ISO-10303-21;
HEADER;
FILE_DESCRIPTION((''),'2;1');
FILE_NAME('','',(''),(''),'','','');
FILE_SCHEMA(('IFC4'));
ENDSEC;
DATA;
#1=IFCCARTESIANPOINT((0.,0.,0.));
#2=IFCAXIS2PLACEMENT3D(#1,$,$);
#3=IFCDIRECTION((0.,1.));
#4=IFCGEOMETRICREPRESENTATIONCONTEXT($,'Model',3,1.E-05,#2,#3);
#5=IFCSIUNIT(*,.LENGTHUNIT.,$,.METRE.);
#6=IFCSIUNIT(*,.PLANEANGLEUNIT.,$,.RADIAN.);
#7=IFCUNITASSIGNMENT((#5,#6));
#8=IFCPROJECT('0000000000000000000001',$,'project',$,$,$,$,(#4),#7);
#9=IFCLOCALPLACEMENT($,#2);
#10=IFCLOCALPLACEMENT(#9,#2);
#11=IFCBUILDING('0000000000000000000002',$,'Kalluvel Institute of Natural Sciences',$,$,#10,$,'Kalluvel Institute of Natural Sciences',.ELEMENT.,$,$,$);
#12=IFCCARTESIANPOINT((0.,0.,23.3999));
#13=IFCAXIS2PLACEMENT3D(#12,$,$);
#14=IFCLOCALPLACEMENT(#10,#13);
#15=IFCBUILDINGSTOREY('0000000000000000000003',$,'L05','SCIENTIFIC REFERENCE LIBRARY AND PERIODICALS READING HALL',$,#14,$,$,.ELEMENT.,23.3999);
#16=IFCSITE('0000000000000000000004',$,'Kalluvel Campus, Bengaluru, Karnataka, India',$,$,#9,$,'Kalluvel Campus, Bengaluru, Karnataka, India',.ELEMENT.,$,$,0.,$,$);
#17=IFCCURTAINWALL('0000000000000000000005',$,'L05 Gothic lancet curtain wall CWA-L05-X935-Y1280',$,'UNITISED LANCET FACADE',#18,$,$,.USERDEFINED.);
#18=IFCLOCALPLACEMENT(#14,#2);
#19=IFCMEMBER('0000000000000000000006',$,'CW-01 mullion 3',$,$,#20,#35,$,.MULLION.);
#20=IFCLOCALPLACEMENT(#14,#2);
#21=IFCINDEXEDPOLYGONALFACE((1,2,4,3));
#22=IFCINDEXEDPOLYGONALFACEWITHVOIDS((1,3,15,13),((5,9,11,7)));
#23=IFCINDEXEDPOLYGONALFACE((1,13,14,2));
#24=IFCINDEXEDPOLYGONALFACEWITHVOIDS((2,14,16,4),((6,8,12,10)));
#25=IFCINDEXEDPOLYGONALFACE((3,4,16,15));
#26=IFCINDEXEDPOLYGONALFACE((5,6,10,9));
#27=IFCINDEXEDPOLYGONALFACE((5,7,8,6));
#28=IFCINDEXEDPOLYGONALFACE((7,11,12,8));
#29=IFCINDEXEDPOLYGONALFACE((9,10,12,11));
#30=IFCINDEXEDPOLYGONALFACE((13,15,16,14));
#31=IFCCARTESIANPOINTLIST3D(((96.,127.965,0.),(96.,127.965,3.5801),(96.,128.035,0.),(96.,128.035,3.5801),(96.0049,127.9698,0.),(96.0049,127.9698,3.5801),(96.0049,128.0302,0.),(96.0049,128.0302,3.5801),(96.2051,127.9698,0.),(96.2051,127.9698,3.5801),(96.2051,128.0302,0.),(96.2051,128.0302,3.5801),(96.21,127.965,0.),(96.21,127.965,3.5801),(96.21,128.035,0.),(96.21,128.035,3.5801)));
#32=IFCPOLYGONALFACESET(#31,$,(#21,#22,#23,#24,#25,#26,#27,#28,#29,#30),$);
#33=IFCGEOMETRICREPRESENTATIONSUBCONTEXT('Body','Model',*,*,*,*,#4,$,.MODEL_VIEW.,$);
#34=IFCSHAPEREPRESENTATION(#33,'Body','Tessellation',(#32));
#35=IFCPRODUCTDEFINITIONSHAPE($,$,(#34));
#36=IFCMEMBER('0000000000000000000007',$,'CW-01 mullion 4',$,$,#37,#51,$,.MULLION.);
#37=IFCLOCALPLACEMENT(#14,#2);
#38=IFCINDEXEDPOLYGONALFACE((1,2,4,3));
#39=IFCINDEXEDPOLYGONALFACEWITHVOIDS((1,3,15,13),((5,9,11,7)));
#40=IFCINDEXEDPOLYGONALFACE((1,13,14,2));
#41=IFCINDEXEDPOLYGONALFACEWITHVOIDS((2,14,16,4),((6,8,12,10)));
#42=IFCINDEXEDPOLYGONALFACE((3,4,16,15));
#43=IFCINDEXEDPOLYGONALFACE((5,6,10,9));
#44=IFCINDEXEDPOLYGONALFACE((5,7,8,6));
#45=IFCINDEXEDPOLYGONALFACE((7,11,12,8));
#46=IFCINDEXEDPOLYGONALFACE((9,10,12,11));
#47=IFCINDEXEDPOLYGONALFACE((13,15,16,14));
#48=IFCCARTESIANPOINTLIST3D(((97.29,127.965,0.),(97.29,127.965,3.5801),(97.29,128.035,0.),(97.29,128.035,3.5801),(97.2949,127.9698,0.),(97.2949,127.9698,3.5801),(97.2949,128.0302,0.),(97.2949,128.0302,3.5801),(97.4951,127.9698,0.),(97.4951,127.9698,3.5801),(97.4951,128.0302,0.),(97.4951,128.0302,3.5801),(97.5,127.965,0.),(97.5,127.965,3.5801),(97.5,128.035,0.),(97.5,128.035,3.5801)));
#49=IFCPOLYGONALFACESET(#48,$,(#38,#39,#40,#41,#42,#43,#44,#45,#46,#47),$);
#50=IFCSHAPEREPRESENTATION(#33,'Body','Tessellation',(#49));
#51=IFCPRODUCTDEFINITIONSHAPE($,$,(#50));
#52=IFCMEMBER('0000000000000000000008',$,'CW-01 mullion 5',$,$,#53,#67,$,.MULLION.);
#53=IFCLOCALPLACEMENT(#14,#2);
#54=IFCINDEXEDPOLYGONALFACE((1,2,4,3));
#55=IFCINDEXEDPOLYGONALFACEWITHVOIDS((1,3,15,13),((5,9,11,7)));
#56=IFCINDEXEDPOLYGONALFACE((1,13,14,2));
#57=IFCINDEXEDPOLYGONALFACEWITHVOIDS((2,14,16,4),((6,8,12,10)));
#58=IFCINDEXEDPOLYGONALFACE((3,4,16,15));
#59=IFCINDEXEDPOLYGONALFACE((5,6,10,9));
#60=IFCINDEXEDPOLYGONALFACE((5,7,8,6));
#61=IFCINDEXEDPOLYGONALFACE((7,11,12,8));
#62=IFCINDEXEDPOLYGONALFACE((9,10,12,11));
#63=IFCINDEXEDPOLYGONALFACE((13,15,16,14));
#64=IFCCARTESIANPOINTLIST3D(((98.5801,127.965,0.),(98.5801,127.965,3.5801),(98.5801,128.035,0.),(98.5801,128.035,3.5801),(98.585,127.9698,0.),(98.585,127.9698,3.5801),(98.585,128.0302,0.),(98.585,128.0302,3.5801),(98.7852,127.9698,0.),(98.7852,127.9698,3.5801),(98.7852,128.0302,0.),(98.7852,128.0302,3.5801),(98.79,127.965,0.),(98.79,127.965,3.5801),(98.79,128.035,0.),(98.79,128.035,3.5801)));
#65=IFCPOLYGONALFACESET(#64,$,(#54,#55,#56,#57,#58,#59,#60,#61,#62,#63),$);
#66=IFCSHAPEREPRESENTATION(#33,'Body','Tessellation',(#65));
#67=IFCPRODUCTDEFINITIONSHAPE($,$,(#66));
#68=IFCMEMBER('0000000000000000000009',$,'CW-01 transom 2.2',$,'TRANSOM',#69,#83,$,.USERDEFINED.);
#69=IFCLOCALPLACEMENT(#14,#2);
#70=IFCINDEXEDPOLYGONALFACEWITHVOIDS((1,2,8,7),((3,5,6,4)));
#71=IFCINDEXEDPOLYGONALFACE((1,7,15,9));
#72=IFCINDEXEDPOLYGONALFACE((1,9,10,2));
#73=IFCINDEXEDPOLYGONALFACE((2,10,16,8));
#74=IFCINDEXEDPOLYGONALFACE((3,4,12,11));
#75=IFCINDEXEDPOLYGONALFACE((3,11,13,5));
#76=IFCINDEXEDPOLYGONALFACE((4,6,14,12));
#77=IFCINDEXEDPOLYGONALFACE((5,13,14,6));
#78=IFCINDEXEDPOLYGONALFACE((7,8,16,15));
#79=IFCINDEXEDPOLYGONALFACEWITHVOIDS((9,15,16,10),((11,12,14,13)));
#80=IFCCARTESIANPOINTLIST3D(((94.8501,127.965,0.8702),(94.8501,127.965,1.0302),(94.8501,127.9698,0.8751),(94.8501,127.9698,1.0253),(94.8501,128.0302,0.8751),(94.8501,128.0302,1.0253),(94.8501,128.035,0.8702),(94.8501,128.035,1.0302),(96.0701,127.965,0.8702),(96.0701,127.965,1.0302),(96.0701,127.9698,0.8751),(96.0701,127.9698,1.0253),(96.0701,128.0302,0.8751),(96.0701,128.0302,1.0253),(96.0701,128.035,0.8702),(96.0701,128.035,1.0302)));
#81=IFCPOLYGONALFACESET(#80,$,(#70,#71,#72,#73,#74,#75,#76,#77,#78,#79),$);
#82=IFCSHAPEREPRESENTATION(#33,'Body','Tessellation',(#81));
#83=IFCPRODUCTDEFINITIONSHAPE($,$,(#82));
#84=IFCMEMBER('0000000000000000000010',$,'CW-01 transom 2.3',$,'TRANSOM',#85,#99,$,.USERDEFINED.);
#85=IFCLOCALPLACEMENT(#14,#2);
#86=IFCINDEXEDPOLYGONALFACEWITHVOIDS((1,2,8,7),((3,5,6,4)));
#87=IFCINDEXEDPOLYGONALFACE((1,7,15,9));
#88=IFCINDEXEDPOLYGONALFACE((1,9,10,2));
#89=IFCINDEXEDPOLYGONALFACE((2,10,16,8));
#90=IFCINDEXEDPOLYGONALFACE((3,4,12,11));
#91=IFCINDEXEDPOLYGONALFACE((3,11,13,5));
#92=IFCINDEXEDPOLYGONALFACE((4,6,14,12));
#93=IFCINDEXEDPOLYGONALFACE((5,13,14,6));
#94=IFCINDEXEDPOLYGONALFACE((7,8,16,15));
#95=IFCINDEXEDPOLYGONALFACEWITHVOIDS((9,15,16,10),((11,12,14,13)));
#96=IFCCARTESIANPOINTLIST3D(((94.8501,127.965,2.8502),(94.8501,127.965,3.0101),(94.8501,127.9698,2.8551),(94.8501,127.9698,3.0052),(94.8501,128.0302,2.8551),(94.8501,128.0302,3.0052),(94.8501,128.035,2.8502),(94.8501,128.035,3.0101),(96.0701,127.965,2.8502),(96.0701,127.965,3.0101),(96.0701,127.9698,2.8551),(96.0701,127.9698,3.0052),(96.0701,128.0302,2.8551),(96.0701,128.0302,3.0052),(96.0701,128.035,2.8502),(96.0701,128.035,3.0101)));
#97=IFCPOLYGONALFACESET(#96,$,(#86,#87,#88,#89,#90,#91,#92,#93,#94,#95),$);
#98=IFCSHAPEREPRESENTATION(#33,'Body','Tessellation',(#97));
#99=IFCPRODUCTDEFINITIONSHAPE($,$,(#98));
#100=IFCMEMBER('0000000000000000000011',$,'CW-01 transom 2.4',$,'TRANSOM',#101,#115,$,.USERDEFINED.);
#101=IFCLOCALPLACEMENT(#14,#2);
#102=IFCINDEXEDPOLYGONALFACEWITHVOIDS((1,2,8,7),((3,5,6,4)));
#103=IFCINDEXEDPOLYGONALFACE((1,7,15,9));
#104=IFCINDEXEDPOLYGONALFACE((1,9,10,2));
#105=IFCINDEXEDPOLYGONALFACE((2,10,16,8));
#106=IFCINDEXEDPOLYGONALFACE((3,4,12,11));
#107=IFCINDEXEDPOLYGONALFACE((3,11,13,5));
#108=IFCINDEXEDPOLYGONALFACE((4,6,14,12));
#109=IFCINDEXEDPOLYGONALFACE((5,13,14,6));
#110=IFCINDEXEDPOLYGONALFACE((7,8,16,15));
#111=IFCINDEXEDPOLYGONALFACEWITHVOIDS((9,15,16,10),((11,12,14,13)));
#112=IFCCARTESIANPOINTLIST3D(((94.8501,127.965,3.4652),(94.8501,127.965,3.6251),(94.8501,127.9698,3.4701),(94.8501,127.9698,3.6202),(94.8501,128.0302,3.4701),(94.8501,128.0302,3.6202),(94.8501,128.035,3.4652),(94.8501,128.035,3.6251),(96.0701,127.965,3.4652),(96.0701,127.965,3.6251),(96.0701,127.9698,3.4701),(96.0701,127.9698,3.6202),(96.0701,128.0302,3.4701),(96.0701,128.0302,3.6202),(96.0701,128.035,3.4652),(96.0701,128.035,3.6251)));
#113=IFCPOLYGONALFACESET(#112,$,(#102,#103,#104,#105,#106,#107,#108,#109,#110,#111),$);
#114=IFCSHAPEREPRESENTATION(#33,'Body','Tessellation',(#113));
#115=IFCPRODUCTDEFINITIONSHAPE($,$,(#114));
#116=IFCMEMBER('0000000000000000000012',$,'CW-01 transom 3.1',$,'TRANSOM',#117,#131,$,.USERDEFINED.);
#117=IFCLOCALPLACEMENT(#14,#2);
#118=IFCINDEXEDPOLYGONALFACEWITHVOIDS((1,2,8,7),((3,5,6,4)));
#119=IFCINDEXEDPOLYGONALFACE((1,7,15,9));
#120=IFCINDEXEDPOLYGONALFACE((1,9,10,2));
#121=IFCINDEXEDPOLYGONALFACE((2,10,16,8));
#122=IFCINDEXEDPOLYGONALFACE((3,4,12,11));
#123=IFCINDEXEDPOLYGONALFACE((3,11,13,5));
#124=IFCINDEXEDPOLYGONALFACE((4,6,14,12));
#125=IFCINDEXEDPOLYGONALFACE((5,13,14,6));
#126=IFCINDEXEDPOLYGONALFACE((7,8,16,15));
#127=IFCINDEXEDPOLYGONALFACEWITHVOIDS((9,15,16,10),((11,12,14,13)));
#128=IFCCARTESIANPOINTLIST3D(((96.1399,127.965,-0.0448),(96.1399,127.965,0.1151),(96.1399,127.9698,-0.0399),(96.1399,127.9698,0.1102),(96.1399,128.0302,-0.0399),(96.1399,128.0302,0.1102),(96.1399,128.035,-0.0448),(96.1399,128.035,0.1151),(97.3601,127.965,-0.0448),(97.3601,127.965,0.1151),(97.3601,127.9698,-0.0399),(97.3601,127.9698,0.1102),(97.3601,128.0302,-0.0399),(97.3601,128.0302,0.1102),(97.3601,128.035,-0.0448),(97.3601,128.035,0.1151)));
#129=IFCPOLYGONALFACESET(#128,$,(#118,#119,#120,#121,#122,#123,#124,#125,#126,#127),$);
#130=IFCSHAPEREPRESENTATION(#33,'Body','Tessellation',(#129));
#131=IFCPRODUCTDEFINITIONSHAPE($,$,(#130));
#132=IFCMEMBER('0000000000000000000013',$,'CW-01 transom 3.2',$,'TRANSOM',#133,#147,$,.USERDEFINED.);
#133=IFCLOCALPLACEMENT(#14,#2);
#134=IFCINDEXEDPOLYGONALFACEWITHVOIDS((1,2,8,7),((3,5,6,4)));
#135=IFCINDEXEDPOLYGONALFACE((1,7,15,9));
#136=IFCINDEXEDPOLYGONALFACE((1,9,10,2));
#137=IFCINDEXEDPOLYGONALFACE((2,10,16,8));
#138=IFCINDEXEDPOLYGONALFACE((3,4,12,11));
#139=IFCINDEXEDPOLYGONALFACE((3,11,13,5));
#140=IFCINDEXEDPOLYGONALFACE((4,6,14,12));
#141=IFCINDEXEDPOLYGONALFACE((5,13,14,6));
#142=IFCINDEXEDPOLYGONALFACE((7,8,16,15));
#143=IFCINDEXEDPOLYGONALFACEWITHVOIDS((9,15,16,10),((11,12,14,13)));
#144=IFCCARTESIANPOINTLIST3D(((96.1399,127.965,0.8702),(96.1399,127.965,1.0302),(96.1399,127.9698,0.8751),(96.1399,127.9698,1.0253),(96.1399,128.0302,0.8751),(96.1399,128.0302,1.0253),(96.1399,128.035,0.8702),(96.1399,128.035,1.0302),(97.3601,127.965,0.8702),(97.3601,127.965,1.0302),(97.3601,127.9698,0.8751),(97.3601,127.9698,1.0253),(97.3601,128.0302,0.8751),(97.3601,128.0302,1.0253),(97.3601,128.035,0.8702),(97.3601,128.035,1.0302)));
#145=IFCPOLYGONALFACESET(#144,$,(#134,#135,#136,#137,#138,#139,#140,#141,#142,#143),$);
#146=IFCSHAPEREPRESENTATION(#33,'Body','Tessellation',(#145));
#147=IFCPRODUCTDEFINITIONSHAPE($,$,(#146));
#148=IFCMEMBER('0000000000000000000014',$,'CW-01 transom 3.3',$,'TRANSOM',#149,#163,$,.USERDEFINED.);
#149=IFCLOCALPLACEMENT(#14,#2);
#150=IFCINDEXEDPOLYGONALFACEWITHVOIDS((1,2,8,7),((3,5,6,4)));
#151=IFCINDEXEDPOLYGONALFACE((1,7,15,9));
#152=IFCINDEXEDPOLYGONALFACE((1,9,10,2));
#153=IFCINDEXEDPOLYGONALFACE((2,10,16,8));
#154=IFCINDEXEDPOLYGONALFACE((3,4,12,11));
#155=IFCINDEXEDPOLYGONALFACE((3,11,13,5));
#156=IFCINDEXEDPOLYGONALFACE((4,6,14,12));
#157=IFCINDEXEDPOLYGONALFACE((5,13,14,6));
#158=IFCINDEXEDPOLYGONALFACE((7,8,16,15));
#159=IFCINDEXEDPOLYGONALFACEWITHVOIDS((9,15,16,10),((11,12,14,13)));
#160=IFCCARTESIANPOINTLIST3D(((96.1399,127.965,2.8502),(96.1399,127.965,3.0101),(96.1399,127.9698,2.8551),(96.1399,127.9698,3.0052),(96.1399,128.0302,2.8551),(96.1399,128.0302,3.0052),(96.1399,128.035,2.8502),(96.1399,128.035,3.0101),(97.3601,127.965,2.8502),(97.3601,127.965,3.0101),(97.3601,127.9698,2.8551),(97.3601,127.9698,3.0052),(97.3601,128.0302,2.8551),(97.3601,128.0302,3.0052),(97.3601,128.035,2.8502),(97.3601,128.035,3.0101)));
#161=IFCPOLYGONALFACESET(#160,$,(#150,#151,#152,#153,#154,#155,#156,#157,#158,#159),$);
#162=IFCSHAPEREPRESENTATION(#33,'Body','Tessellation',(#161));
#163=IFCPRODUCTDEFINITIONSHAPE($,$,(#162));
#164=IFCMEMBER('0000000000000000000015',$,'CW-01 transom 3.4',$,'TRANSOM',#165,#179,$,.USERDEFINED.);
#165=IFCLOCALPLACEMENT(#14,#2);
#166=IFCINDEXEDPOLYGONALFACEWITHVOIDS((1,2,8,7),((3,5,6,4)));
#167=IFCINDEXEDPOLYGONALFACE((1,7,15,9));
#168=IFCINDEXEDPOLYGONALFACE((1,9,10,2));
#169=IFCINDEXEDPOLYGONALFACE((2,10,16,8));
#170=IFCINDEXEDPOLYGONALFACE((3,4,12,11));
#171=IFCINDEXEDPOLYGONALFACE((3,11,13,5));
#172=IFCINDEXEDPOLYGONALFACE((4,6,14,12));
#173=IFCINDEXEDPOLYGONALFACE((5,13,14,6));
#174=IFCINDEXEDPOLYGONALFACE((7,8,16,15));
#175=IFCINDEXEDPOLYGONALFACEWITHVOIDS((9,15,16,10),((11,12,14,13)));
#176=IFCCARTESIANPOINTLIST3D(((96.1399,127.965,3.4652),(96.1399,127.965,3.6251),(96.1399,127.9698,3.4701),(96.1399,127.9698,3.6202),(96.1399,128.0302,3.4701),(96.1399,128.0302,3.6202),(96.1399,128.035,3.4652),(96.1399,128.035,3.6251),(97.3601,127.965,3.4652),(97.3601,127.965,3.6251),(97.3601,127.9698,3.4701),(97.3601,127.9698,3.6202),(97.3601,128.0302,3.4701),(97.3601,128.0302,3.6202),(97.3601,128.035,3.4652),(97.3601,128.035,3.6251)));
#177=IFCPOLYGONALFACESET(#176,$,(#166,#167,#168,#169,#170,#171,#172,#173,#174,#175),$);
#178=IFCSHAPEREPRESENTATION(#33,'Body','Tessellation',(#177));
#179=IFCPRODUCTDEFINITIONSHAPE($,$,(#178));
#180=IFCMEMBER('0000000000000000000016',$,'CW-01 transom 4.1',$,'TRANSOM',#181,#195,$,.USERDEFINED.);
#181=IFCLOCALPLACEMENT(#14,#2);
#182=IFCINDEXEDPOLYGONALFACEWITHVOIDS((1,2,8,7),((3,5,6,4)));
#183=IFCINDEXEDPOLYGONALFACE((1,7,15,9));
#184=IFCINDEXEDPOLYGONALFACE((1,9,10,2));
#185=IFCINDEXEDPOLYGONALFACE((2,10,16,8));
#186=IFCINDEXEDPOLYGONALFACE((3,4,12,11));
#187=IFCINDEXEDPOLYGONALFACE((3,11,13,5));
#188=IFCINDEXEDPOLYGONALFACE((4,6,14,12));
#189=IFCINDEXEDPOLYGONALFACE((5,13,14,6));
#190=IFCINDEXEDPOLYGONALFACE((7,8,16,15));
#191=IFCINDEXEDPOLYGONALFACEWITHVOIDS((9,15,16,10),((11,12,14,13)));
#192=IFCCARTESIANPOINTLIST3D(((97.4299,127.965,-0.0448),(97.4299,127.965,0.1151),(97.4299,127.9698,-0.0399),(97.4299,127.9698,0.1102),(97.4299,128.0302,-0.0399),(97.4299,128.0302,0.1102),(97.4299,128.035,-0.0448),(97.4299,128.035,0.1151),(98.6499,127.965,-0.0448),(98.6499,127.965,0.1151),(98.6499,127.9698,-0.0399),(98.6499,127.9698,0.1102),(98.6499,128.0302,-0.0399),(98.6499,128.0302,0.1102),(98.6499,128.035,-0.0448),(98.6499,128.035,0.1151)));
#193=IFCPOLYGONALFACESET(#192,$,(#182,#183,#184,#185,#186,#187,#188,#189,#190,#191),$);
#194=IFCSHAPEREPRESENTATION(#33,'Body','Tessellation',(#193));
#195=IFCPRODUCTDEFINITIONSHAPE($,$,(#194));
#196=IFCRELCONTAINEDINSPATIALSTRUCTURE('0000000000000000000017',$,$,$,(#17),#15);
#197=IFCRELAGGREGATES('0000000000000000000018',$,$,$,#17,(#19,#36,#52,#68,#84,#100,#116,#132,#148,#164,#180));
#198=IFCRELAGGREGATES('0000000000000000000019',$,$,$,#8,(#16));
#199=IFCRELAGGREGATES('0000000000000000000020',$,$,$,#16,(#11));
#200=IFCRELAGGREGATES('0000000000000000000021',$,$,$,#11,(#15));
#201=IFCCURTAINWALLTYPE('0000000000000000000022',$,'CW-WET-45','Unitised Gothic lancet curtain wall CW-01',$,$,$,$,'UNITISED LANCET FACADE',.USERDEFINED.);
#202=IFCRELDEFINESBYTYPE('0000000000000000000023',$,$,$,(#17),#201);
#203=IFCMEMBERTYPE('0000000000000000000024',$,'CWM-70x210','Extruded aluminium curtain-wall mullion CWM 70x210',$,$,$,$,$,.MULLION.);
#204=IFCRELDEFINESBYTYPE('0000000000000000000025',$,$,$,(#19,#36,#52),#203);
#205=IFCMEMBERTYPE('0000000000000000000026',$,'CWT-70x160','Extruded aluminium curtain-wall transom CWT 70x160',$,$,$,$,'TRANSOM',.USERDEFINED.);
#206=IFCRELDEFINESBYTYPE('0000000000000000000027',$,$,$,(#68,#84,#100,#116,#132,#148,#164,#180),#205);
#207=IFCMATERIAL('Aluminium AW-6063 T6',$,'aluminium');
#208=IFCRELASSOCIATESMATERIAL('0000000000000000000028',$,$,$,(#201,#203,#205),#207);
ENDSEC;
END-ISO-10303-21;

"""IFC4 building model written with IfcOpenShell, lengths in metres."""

from ifc_helpers import new_model, si_unit, direction, frame, origin, origin_2d, place, context, subcontext, project, spatial, hollow_rectangle, extrude, material, material_profile, profile_set, type_object, element, aggregate, save


model = new_model("IFC4")

# Units and contexts
model_context = context("Model", 3, precision=1e-05, world=origin(), true_north=direction((0.0, 1.0)))
body_context = subcontext(model_context, "Body", "Model", "MODEL_VIEW")
ifc_project = project(units=[si_unit("LENGTHUNIT", "METRE"), si_unit("PLANEANGLEUNIT", "RADIAN")], contexts=[model_context])

# Site, building, storey
site_placement = place(None, origin())
site = spatial("IfcSite", under=ifc_project, at=site_placement, Name="Kalluvel Campus, Bengaluru, Karnataka, India", LongName="Kalluvel Campus, Bengaluru, Karnataka, India", CompositionType="ELEMENT", RefElevation=0.0)
building_placement = place(site_placement, origin())
building = spatial("IfcBuilding", under=site, at=building_placement, Name="Kalluvel Institute of Natural Sciences", LongName="Kalluvel Institute of Natural Sciences", CompositionType="ELEMENT")
storey_placement = place(building_placement, frame((0.0, 0.0, 23.3999)))
storey = spatial("IfcBuildingStorey", under=building, at=storey_placement, Name="L05", Description="SCIENTIFIC REFERENCE LIBRARY AND PERIODICALS READING HALL", CompositionType="ELEMENT", Elevation=23.3999)

# Curtain wall, members
ifc_material_1 = material(Name="Aluminium AW-6063 T6", Category="aluminium")
curtain_wall_type = type_object("IfcCurtainWallType", Name="CW-WET-45", Description="Unitised Gothic lancet curtain wall CW-01", ElementType="UNITISED LANCET FACADE", PredefinedType="USERDEFINED", material=ifc_material_1)
curtain_wall_placement = place(storey_placement, origin())
curtain_wall = element("IfcCurtainWall", 1, at=curtain_wall_placement, inside=storey, type_object=curtain_wall_type, Name="L05 Gothic lancet curtain wall CWA-L05-X935-Y1280", ObjectType="UNITISED LANCET FACADE", PredefinedType="USERDEFINED")
ifc_material_profile_1 = material_profile(ifc_material_1, hollow_rectangle(XDim=0.0701, YDim=0.21, WallThickness=0.0049, at=origin_2d()), Name="CWM 70x210")
ifc_profile_set_1 = profile_set([ifc_material_profile_1], Name="Aluminium AW-6063 T6")
member_type_1 = type_object("IfcMemberType", Name="CWM-70x210", Description="Extruded aluminium curtain-wall mullion CWM 70x210", PredefinedType="MULLION", material=ifc_profile_set_1)
member_1_placement = place(storey_placement, frame((96.105, 128.0, 0.0), z_axis=(0.0, 0.0, 1.0), x_axis=(0.0, 1.0, 0.0)))
member_1 = element("IfcMember", 2, at=member_1_placement, type_object=member_type_1, Name="CW-01 mullion 3", PredefinedType="MULLION", context=body_context, shape_type="SweptSolid", body=[
    extrude(hollow_rectangle(XDim=0.0701, YDim=0.21, WallThickness=0.0049, at=origin_2d()), origin(), (0.0, 0.0, 1.0), 3.5801),
])
member_2_placement = place(storey_placement, frame((97.395, 128.0, 0.0), z_axis=(0.0, 0.0, 1.0), x_axis=(0.0, 1.0, 0.0)))
member_2 = element("IfcMember", 3, at=member_2_placement, type_object=member_type_1, Name="CW-01 mullion 4", PredefinedType="MULLION", context=body_context, shape_type="SweptSolid", body=[
    extrude(hollow_rectangle(XDim=0.0701, YDim=0.21, WallThickness=0.0049, at=origin_2d()), origin(), (0.0, 0.0, 1.0), 3.5801),
])
member_3_placement = place(storey_placement, frame((98.6851, 128.0, 0.0), z_axis=(0.0, 0.0, 1.0), x_axis=(0.0, 1.0, 0.0)))
member_3 = element("IfcMember", 4, at=member_3_placement, type_object=member_type_1, Name="CW-01 mullion 5", PredefinedType="MULLION", context=body_context, shape_type="SweptSolid", body=[
    extrude(hollow_rectangle(XDim=0.0701, YDim=0.21, WallThickness=0.0049, at=origin_2d()), origin(), (0.0, 0.0, 1.0), 3.5801),
])
ifc_material_profile_2 = material_profile(ifc_material_1, hollow_rectangle(XDim=0.0701, YDim=0.1599, WallThickness=0.0049, at=origin_2d()), Name="CWT 70x160")
ifc_profile_set_2 = profile_set([ifc_material_profile_2], Name="Aluminium AW-6063 T6")
member_type_2 = type_object("IfcMemberType", Name="CWT-70x160", Description="Extruded aluminium curtain-wall transom CWT 70x160", ElementType="TRANSOM", PredefinedType="USERDEFINED", material=ifc_profile_set_2)
member_4_placement = place(storey_placement, frame((94.8501, 128.0, 0.9502), z_axis=(1.0, 0.0, 0.0), x_axis=(0.0, 1.0, 0.0)))
member_4 = element("IfcMember", 5, at=member_4_placement, type_object=member_type_2, Name="CW-01 transom 2.2", ObjectType="TRANSOM", PredefinedType="USERDEFINED", context=body_context, shape_type="SweptSolid", body=[
    extrude(hollow_rectangle(XDim=0.0701, YDim=0.1599, WallThickness=0.0049, at=origin_2d()), origin(), (0.0, 0.0, 1.0), 1.22),
])
member_5_placement = place(storey_placement, frame((94.8501, 128.0, 2.9302), z_axis=(1.0, 0.0, 0.0), x_axis=(0.0, 1.0, 0.0)))
member_5 = element("IfcMember", 6, at=member_5_placement, type_object=member_type_2, Name="CW-01 transom 2.3", ObjectType="TRANSOM", PredefinedType="USERDEFINED", context=body_context, shape_type="SweptSolid", body=[
    extrude(hollow_rectangle(XDim=0.0701, YDim=0.1599, WallThickness=0.0049, at=origin_2d()), origin(), (0.0, 0.0, 1.0), 1.22),
])
member_6_placement = place(storey_placement, frame((94.8501, 128.0, 3.5452), z_axis=(1.0, 0.0, 0.0), x_axis=(0.0, 1.0, 0.0)))
member_6 = element("IfcMember", 7, at=member_6_placement, type_object=member_type_2, Name="CW-01 transom 2.4", ObjectType="TRANSOM", PredefinedType="USERDEFINED", context=body_context, shape_type="SweptSolid", body=[
    extrude(hollow_rectangle(XDim=0.0701, YDim=0.1599, WallThickness=0.0049, at=origin_2d()), origin(), (0.0, 0.0, 1.0), 1.22),
])
member_7_placement = place(storey_placement, frame((96.1399, 128.0, 0.0352), z_axis=(1.0, 0.0, 0.0), x_axis=(0.0, 1.0, 0.0)))
member_7 = element("IfcMember", 8, at=member_7_placement, type_object=member_type_2, Name="CW-01 transom 3.1", ObjectType="TRANSOM", PredefinedType="USERDEFINED", context=body_context, shape_type="SweptSolid", body=[
    extrude(hollow_rectangle(XDim=0.0701, YDim=0.1599, WallThickness=0.0049, at=origin_2d()), origin(), (0.0, 0.0, 1.0), 1.2202),
])
member_8_placement = place(storey_placement, frame((96.1399, 128.0, 0.9502), z_axis=(1.0, 0.0, 0.0), x_axis=(0.0, 1.0, 0.0)))
member_8 = element("IfcMember", 9, at=member_8_placement, type_object=member_type_2, Name="CW-01 transom 3.2", ObjectType="TRANSOM", PredefinedType="USERDEFINED", context=body_context, shape_type="SweptSolid", body=[
    extrude(hollow_rectangle(XDim=0.0701, YDim=0.1599, WallThickness=0.0049, at=origin_2d()), origin(), (0.0, 0.0, 1.0), 1.2202),
])
member_9_placement = place(storey_placement, frame((96.1399, 128.0, 2.9302), z_axis=(1.0, 0.0, 0.0), x_axis=(0.0, 1.0, 0.0)))
member_9 = element("IfcMember", 10, at=member_9_placement, type_object=member_type_2, Name="CW-01 transom 3.3", ObjectType="TRANSOM", PredefinedType="USERDEFINED", context=body_context, shape_type="SweptSolid", body=[
    extrude(hollow_rectangle(XDim=0.0701, YDim=0.1599, WallThickness=0.0049, at=origin_2d()), origin(), (0.0, 0.0, 1.0), 1.2202),
])
member_10_placement = place(storey_placement, frame((96.1399, 128.0, 3.5452), z_axis=(1.0, 0.0, 0.0), x_axis=(0.0, 1.0, 0.0)))
member_10 = element("IfcMember", 11, at=member_10_placement, type_object=member_type_2, Name="CW-01 transom 3.4", ObjectType="TRANSOM", PredefinedType="USERDEFINED", context=body_context, shape_type="SweptSolid", body=[
    extrude(hollow_rectangle(XDim=0.0701, YDim=0.1599, WallThickness=0.0049, at=origin_2d()), origin(), (0.0, 0.0, 1.0), 1.2202),
])
member_11_placement = place(storey_placement, frame((97.4299, 128.0, 0.0352), z_axis=(1.0, 0.0, 0.0), x_axis=(0.0, 1.0, 0.0)))
member_11 = element("IfcMember", 12, at=member_11_placement, type_object=member_type_2, Name="CW-01 transom 4.1", ObjectType="TRANSOM", PredefinedType="USERDEFINED", context=body_context, shape_type="SweptSolid", body=[
    extrude(hollow_rectangle(XDim=0.0701, YDim=0.1599, WallThickness=0.0049, at=origin_2d()), origin(), (0.0, 0.0, 1.0), 1.22),
])
aggregate(curtain_wall, [member_1, member_2, member_3, member_4, member_5, member_6, member_7, member_8, member_9, member_10, member_11])

save(model, "model.ifc")
